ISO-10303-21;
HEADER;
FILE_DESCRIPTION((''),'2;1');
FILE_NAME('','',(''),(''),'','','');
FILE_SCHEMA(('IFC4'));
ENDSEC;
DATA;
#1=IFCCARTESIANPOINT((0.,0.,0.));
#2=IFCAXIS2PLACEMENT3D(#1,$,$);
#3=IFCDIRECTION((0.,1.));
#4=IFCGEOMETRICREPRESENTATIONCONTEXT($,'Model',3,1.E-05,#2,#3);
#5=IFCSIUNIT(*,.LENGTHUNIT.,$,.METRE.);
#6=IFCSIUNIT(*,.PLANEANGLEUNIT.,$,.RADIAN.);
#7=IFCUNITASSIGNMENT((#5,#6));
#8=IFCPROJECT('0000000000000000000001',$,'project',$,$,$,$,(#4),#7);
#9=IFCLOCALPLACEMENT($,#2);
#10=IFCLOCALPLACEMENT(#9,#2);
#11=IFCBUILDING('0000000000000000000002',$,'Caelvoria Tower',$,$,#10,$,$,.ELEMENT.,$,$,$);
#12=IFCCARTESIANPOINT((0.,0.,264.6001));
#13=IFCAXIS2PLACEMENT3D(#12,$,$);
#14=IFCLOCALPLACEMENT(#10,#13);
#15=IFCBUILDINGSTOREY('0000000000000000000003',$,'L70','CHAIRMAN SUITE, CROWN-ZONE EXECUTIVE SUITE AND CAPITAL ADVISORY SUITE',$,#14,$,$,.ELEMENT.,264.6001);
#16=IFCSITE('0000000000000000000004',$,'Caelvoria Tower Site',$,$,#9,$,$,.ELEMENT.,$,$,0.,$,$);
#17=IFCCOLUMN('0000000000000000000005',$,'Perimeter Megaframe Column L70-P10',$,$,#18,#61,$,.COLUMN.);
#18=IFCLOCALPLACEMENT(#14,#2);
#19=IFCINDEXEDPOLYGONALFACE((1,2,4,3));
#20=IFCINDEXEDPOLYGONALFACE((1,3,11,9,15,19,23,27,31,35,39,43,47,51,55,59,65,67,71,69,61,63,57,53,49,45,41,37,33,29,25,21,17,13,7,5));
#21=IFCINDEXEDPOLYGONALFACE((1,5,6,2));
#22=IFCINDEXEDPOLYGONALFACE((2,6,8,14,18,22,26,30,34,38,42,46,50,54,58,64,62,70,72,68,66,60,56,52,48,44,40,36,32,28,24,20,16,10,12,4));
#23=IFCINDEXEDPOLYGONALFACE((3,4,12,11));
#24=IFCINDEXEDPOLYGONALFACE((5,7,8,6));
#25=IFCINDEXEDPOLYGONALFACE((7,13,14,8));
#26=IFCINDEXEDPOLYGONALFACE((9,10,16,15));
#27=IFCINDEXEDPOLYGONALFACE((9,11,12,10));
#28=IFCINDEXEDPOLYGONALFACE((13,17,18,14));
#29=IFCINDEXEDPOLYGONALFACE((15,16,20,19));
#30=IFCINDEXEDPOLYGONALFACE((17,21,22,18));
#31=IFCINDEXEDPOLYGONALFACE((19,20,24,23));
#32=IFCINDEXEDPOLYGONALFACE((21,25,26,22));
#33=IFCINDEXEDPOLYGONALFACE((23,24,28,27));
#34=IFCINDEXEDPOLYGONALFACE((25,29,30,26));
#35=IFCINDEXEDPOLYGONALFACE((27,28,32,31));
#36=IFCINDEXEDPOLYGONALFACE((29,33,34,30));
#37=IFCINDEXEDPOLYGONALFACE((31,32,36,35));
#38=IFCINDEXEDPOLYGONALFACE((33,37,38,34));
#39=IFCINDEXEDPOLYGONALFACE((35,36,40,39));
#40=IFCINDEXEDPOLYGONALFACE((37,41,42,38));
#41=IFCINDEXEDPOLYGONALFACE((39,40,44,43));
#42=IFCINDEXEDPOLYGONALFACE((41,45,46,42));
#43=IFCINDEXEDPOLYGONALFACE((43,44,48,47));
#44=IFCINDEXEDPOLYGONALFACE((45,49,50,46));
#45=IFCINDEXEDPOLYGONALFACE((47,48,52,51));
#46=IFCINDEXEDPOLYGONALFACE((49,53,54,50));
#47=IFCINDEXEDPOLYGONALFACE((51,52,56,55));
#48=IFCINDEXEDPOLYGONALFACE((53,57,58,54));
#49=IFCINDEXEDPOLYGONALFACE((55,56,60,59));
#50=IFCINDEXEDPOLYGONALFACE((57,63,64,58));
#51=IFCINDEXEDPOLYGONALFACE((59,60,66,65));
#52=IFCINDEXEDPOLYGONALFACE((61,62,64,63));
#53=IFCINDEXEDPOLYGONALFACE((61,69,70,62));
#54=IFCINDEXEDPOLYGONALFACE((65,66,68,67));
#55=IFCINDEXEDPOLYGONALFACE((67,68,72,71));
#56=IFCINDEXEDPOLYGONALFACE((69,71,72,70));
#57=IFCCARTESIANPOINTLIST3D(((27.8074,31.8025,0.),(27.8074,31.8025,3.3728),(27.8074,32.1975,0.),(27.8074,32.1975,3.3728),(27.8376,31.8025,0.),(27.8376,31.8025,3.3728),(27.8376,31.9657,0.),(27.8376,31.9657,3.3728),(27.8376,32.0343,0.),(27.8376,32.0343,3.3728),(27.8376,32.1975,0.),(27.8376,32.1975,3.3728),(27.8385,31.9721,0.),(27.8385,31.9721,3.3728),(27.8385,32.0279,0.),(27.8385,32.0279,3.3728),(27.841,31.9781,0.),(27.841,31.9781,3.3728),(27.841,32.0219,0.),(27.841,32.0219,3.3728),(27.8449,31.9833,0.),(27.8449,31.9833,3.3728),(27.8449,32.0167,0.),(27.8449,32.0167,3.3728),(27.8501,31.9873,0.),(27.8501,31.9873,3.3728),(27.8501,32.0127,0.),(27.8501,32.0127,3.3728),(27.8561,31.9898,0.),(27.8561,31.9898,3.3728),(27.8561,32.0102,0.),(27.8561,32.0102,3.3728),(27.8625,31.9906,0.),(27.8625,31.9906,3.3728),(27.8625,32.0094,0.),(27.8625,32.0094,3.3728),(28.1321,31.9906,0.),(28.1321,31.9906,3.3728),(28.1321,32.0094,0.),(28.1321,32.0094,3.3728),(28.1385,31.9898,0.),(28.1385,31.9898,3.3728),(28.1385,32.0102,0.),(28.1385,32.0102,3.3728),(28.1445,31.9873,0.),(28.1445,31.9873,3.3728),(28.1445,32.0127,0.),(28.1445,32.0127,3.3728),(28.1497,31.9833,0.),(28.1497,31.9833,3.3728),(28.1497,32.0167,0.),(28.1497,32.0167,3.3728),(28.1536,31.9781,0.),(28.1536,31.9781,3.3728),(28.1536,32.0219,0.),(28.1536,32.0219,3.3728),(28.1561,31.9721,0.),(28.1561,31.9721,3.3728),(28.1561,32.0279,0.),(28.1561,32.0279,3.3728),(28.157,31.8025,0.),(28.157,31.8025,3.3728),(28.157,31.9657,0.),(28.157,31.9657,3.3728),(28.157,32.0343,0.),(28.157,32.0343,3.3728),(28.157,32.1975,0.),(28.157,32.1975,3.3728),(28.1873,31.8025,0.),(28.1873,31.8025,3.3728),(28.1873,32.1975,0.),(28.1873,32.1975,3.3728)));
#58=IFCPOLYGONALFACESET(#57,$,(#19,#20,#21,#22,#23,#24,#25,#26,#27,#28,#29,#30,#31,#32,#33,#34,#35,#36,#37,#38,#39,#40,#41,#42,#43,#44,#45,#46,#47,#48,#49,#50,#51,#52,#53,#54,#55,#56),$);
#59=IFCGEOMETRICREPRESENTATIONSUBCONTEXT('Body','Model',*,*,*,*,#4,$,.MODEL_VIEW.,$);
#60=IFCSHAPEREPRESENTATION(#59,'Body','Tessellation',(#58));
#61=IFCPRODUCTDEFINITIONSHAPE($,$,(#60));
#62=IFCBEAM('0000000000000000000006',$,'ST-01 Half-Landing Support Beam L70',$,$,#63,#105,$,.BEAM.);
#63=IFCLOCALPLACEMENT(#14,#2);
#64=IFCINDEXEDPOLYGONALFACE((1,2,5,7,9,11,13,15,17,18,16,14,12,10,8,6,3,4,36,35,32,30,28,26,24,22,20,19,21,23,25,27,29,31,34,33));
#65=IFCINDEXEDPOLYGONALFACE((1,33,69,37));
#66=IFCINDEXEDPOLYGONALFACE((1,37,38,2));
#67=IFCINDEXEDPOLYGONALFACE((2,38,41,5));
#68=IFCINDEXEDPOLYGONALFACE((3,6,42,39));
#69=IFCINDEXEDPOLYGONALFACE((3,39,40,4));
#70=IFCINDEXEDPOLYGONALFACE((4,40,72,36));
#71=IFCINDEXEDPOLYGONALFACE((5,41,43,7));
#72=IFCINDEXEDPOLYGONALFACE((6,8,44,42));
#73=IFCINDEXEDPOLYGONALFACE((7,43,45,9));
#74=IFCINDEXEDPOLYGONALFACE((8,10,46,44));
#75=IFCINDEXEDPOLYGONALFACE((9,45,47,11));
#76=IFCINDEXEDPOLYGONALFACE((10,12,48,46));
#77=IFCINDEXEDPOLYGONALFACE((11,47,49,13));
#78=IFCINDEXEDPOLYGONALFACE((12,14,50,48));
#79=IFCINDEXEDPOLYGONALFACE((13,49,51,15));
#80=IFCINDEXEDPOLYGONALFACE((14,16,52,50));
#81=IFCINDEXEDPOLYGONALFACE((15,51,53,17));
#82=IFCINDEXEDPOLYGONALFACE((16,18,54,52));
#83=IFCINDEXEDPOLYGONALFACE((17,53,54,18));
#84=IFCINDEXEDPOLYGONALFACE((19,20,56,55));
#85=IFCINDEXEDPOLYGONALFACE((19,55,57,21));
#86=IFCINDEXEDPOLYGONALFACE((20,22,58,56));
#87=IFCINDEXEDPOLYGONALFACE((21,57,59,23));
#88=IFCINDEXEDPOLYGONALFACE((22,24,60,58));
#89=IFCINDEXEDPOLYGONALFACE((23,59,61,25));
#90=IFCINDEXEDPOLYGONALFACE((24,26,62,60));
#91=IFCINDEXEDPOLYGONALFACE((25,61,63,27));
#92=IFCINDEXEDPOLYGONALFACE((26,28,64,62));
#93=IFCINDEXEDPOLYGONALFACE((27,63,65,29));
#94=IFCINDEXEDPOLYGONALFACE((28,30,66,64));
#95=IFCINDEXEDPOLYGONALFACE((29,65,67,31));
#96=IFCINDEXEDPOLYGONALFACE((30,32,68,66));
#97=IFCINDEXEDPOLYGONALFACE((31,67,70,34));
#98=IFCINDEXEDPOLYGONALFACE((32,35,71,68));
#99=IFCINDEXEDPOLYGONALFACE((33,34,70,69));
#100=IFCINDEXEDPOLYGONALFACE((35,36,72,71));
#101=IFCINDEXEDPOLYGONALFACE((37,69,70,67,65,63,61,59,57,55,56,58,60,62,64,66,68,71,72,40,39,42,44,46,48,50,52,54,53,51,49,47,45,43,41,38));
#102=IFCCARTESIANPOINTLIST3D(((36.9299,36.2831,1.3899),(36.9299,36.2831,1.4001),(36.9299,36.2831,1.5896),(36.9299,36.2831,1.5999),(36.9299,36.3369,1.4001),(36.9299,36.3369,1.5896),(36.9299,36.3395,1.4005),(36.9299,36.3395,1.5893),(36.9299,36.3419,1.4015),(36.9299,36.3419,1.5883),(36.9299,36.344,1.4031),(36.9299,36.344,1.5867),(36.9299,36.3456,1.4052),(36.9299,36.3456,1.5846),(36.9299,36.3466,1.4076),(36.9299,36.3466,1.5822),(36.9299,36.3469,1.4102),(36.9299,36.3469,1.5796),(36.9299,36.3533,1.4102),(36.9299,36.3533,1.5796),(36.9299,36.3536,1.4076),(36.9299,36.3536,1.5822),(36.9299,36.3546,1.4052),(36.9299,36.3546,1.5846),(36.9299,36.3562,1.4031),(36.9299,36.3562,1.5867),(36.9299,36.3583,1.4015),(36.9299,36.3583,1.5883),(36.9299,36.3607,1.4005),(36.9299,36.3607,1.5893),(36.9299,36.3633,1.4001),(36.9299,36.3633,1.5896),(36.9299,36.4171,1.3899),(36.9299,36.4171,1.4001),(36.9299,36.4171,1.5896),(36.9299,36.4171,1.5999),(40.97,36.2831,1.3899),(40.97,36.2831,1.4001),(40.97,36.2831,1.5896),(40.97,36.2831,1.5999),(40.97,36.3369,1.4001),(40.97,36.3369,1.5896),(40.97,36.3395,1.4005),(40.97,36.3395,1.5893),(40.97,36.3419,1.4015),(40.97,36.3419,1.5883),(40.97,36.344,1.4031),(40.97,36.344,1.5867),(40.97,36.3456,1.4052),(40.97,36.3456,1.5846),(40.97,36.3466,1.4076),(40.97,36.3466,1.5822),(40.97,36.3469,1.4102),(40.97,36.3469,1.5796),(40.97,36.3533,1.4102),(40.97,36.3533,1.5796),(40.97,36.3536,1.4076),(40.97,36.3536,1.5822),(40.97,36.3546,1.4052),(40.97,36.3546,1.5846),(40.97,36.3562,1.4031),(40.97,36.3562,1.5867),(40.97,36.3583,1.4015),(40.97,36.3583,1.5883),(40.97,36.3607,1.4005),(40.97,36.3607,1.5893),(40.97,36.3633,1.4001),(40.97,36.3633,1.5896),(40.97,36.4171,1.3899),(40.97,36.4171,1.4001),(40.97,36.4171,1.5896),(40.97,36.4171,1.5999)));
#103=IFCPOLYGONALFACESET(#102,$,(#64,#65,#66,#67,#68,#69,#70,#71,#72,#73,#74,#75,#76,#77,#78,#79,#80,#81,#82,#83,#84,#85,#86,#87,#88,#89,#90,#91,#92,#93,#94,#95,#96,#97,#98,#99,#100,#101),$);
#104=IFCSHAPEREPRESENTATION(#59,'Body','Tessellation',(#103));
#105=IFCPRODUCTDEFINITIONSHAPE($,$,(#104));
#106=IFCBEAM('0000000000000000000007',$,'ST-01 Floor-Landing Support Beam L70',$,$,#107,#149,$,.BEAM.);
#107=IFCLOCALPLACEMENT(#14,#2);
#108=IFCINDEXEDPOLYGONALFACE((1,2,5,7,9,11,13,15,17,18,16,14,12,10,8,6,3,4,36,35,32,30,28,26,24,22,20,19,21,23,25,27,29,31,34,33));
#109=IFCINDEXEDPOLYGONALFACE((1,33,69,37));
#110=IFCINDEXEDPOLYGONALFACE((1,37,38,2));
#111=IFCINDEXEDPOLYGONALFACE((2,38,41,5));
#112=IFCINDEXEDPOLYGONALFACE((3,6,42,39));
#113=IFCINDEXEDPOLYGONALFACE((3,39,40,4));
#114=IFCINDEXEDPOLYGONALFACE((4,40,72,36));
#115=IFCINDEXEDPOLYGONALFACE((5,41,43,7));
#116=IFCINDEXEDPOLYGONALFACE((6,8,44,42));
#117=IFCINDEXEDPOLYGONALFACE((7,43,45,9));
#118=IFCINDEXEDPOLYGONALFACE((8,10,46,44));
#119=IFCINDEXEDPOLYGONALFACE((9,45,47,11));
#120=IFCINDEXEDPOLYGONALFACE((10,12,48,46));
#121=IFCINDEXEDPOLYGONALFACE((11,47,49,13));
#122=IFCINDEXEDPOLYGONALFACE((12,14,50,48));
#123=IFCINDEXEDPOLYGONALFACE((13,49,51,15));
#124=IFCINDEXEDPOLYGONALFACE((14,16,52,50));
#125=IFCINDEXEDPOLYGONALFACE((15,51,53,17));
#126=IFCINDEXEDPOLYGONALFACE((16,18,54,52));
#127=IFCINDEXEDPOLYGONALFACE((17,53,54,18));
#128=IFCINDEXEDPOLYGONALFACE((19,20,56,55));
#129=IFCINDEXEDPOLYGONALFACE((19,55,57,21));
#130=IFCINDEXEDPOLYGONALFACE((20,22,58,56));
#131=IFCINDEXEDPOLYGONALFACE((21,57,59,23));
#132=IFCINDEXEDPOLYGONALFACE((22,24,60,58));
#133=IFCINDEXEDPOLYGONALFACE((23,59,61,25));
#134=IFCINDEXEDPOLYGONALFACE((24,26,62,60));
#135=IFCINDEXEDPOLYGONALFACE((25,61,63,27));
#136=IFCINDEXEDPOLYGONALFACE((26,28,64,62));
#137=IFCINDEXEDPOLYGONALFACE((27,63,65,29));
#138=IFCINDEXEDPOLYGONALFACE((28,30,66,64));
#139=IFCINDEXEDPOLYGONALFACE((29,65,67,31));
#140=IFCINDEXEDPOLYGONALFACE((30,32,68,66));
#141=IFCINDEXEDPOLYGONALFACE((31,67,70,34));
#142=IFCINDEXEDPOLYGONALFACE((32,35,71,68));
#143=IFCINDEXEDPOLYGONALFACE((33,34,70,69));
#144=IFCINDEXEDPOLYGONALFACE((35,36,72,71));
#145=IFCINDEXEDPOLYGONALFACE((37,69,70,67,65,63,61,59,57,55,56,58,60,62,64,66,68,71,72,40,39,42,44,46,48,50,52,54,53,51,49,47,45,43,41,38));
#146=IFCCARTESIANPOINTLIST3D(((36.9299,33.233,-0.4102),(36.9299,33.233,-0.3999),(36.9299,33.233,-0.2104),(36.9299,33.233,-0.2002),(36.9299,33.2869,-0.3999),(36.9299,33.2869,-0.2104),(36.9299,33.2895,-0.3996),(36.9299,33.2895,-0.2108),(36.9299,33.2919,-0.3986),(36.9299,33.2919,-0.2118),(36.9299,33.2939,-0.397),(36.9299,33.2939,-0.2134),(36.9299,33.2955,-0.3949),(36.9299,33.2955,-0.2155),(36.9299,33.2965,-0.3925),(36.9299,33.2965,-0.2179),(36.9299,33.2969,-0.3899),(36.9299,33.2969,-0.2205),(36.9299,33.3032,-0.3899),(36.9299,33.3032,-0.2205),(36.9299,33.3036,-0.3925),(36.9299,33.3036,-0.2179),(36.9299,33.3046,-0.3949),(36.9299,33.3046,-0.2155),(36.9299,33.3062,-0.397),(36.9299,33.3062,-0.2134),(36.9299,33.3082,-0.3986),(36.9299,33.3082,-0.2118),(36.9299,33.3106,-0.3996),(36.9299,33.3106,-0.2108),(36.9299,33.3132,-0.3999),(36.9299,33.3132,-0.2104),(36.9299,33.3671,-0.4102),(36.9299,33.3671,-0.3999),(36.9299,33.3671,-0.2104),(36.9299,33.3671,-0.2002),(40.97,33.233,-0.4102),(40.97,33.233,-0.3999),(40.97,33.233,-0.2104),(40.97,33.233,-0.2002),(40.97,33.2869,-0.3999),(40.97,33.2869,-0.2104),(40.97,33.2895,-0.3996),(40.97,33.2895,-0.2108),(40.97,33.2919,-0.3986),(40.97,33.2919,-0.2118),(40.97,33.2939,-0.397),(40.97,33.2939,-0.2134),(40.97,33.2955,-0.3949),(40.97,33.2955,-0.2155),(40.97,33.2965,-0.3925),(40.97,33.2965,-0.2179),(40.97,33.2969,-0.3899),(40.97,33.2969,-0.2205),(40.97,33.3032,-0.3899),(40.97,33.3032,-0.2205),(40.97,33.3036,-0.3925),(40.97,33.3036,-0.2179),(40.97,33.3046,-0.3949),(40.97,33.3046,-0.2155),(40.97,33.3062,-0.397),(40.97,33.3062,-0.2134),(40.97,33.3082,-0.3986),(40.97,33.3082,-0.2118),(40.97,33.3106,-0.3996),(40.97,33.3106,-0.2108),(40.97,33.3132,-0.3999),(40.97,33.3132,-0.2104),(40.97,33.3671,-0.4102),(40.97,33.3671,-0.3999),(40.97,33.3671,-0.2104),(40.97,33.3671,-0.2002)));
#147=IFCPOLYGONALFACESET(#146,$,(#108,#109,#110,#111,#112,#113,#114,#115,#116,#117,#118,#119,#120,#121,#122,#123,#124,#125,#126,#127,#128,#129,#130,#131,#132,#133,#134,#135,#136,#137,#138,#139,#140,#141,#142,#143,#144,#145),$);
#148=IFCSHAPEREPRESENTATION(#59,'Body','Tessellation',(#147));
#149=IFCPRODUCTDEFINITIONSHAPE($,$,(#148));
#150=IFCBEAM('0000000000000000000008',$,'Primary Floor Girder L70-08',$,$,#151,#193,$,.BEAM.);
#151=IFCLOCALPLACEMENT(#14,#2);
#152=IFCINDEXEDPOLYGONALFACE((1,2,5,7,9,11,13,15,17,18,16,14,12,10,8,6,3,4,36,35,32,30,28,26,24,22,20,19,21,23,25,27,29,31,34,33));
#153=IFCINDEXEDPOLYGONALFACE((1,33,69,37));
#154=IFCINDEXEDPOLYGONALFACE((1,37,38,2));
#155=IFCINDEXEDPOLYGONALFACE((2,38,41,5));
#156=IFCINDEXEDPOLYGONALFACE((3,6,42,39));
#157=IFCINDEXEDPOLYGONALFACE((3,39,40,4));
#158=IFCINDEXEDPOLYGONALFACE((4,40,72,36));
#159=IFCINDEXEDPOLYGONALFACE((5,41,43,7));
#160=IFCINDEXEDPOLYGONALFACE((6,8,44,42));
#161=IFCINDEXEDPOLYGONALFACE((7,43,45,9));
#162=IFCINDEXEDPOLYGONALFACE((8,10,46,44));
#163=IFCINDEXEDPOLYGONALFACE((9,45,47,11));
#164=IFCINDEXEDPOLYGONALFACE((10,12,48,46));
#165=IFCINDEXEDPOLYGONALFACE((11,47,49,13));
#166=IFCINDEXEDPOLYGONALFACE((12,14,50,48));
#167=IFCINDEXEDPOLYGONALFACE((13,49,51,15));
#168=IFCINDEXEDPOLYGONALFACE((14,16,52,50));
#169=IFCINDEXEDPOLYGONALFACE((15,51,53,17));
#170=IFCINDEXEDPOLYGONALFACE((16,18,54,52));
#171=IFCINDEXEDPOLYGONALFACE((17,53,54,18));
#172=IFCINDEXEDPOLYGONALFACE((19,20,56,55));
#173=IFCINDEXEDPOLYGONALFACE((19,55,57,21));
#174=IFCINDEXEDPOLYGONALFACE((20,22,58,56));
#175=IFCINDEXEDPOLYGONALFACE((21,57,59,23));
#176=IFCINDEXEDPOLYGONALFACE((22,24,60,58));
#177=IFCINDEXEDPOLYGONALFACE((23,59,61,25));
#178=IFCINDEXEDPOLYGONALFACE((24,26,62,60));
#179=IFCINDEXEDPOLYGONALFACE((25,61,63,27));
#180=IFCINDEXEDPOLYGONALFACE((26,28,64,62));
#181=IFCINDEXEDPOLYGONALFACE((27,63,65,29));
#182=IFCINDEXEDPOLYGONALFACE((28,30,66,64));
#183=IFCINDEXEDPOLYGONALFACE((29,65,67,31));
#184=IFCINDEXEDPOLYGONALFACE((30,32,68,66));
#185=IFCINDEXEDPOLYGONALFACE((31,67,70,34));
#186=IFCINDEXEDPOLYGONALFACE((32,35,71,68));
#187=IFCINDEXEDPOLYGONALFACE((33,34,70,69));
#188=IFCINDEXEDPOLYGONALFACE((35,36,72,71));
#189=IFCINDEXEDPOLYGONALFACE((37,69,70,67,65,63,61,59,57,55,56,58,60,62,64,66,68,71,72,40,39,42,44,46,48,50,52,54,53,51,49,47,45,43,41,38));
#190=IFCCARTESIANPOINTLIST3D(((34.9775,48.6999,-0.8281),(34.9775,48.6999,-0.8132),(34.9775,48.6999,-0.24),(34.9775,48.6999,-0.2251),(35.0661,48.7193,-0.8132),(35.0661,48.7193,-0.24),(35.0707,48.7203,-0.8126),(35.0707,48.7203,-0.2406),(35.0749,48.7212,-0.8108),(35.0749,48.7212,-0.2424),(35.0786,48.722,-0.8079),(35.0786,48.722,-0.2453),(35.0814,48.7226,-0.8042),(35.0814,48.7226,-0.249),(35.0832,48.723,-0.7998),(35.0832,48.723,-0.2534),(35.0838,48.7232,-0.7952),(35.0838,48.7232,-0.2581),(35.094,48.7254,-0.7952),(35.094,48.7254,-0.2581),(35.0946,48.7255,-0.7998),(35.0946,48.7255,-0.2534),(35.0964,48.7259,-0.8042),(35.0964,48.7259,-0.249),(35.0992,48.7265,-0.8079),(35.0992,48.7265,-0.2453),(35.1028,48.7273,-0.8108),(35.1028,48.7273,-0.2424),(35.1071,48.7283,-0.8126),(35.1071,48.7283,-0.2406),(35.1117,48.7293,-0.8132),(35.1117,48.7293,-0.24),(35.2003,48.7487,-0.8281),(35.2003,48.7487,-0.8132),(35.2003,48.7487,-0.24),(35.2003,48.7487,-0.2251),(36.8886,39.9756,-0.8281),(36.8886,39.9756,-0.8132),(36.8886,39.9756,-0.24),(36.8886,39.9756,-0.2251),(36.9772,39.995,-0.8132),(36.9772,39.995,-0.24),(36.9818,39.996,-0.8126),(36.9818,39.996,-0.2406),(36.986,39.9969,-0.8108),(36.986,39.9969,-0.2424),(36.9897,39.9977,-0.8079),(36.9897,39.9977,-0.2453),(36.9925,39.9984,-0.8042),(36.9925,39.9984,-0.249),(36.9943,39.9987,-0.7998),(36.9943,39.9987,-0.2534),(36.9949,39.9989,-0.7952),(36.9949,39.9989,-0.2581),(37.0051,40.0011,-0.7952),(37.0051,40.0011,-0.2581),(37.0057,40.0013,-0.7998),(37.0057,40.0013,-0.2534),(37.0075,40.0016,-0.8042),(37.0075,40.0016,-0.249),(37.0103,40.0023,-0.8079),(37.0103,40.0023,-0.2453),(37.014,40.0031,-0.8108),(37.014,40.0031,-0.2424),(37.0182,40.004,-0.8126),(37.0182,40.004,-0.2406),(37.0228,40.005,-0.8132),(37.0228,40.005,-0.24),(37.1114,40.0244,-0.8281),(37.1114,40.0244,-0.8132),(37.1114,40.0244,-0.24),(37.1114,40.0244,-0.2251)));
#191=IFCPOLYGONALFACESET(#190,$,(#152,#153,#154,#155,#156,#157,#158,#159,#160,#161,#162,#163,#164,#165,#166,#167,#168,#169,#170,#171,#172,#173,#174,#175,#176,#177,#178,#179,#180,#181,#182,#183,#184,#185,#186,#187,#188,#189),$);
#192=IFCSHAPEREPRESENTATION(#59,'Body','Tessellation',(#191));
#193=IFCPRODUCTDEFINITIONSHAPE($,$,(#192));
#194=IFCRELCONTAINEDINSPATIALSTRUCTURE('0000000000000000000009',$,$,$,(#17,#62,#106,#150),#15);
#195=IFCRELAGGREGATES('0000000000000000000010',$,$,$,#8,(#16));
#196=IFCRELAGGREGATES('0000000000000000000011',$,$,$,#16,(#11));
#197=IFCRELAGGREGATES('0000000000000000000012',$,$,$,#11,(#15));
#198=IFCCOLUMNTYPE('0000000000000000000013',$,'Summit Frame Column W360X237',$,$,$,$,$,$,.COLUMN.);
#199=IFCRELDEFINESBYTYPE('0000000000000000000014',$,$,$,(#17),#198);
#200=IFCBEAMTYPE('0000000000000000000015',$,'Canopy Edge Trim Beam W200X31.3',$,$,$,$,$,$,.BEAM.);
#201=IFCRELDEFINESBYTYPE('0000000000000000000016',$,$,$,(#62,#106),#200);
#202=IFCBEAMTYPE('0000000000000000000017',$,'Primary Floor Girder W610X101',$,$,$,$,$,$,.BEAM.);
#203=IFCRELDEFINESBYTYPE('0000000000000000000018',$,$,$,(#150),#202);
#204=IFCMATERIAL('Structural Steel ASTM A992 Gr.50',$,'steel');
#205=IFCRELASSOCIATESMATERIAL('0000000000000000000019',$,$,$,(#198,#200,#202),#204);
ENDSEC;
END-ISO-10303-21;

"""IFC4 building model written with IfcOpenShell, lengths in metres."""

from ifc_helpers import new_model, si_unit, direction, frame, origin, origin_2d, place, context, subcontext, project, spatial, i_section, extrude, material, material_profile, profile_set, type_object, element, save


model = new_model("IFC4")

# Units and contexts
model_context = context("Model", 3, precision=1e-05, world=origin(), true_north=direction((0.0, 1.0)))
body_context = subcontext(model_context, "Body", "Model", "MODEL_VIEW")
ifc_project = project(units=[si_unit("LENGTHUNIT", "METRE"), si_unit("PLANEANGLEUNIT", "RADIAN")], contexts=[model_context])

# Site, building, storey
site_placement = place(None, origin())
site = spatial("IfcSite", under=ifc_project, at=site_placement, Name="Caelvoria Tower Site", CompositionType="ELEMENT", RefElevation=0.0)
building_placement = place(site_placement, origin())
building = spatial("IfcBuilding", under=site, at=building_placement, Name="Caelvoria Tower", CompositionType="ELEMENT")
storey_placement = place(building_placement, frame((0.0, 0.0, 264.6001)))
storey = spatial("IfcBuildingStorey", under=building, at=storey_placement, Name="L70", Description="CHAIRMAN SUITE, CROWN-ZONE EXECUTIVE SUITE AND CAPITAL ADVISORY SUITE", CompositionType="ELEMENT", Elevation=264.6001)

# Column
ifc_material_1 = material(Name="Structural Steel ASTM A992 Gr.50", Category="steel")
ifc_material_profile_1 = material_profile(ifc_material_1, i_section(OverallWidth=0.395, OverallDepth=0.3799, WebThickness=0.0188, FlangeThickness=0.0303, FilletRadius=0.0249, at=origin_2d()), Name="Structural Steel ASTM A992 Gr.50")
ifc_profile_set_1 = profile_set([ifc_material_profile_1], Name="W360X237 - Structural Steel ASTM A992 Gr.50")
column_type = type_object("IfcColumnType", Name="Summit Frame Column W360X237", PredefinedType="COLUMN", material=ifc_profile_set_1)
column_placement = place(storey_placement, frame((27.9973, 32.0, 0.0), z_axis=(0.0, 0.0, 1.0), x_axis=(0.0, 1.0, 0.0)))
element("IfcColumn", 1, at=column_placement, inside=storey, type_object=column_type, Name="Perimeter Megaframe Column L70-P10", PredefinedType="COLUMN", context=body_context, shape_type="SweptSolid", body=[
    extrude(i_section(OverallWidth=0.395, OverallDepth=0.3799, WebThickness=0.0188, FlangeThickness=0.0303, FilletRadius=0.0249, at=origin_2d()), origin(), (0.0, 0.0, 1.0), 3.3728),
])

# Beams
ifc_material_profile_2 = material_profile(ifc_material_1, i_section(OverallWidth=0.134, OverallDepth=0.21, WebThickness=0.0063, FlangeThickness=0.0103, FilletRadius=0.01, at=origin_2d()), Name="Structural Steel ASTM A992 Gr.50")
ifc_profile_set_2 = profile_set([ifc_material_profile_2], Name="W200X31.3 - Structural Steel ASTM A992 Gr.50")
beam_type_1 = type_object("IfcBeamType", Name="Canopy Edge Trim Beam W200X31.3", PredefinedType="BEAM", material=ifc_profile_set_2)
for number, where, z_axis, x_axis, name in (
    (2, (36.9299, 36.3501, 1.4949), (1.0, 0.0, 0.0), (0.0, 1.0, 0.0), "ST-01 Half-Landing Support Beam L70"),
    (3, (36.9299, 33.3, -0.3052), (1.0, 0.0, 0.0), (0.0, 1.0, 0.0), "ST-01 Floor-Landing Support Beam L70"),
):
    element("IfcBeam", number, at=place(storey_placement, frame(where, z_axis=z_axis, x_axis=x_axis)), inside=storey, type_object=beam_type_1, Name=name, PredefinedType="BEAM", context=body_context, shape_type="SweptSolid", body=[
        extrude(i_section(OverallWidth=0.134, OverallDepth=0.21, WebThickness=0.0063, FlangeThickness=0.0103, FilletRadius=0.01, at=origin_2d()), origin(), (0.0, 0.0, 1.0), 4.04),
    ])
ifc_material_profile_3 = material_profile(ifc_material_1, i_section(OverallWidth=0.228, OverallDepth=0.603, WebThickness=0.0105, FlangeThickness=0.0149, FilletRadius=0.0181, at=origin_2d()), Name="Structural Steel ASTM A992 Gr.50")
ifc_profile_set_3 = profile_set([ifc_material_profile_3], Name="W610X101 - Structural Steel ASTM A992 Gr.50")
beam_type_2 = type_object("IfcBeamType", Name="Primary Floor Girder W610X101", PredefinedType="BEAM", material=ifc_profile_set_3)
beam_1_placement = place(storey_placement, frame((37.0, 40.0, -0.5266), z_axis=(-0.213983, 0.976837, 0.0), x_axis=(-0.976837, -0.213983, 0.0)))
element("IfcBeam", 4, at=beam_1_placement, inside=storey, type_object=beam_type_2, Name="Primary Floor Girder L70-08", PredefinedType="BEAM", context=body_context, shape_type="SweptSolid", body=[
    extrude(i_section(OverallWidth=0.228, OverallDepth=0.603, WebThickness=0.0105, FlangeThickness=0.0149, FilletRadius=0.0181, at=origin_2d()), origin(), (0.0, 0.0, 1.0), 8.9312),
])

save(model, "model.ifc")
